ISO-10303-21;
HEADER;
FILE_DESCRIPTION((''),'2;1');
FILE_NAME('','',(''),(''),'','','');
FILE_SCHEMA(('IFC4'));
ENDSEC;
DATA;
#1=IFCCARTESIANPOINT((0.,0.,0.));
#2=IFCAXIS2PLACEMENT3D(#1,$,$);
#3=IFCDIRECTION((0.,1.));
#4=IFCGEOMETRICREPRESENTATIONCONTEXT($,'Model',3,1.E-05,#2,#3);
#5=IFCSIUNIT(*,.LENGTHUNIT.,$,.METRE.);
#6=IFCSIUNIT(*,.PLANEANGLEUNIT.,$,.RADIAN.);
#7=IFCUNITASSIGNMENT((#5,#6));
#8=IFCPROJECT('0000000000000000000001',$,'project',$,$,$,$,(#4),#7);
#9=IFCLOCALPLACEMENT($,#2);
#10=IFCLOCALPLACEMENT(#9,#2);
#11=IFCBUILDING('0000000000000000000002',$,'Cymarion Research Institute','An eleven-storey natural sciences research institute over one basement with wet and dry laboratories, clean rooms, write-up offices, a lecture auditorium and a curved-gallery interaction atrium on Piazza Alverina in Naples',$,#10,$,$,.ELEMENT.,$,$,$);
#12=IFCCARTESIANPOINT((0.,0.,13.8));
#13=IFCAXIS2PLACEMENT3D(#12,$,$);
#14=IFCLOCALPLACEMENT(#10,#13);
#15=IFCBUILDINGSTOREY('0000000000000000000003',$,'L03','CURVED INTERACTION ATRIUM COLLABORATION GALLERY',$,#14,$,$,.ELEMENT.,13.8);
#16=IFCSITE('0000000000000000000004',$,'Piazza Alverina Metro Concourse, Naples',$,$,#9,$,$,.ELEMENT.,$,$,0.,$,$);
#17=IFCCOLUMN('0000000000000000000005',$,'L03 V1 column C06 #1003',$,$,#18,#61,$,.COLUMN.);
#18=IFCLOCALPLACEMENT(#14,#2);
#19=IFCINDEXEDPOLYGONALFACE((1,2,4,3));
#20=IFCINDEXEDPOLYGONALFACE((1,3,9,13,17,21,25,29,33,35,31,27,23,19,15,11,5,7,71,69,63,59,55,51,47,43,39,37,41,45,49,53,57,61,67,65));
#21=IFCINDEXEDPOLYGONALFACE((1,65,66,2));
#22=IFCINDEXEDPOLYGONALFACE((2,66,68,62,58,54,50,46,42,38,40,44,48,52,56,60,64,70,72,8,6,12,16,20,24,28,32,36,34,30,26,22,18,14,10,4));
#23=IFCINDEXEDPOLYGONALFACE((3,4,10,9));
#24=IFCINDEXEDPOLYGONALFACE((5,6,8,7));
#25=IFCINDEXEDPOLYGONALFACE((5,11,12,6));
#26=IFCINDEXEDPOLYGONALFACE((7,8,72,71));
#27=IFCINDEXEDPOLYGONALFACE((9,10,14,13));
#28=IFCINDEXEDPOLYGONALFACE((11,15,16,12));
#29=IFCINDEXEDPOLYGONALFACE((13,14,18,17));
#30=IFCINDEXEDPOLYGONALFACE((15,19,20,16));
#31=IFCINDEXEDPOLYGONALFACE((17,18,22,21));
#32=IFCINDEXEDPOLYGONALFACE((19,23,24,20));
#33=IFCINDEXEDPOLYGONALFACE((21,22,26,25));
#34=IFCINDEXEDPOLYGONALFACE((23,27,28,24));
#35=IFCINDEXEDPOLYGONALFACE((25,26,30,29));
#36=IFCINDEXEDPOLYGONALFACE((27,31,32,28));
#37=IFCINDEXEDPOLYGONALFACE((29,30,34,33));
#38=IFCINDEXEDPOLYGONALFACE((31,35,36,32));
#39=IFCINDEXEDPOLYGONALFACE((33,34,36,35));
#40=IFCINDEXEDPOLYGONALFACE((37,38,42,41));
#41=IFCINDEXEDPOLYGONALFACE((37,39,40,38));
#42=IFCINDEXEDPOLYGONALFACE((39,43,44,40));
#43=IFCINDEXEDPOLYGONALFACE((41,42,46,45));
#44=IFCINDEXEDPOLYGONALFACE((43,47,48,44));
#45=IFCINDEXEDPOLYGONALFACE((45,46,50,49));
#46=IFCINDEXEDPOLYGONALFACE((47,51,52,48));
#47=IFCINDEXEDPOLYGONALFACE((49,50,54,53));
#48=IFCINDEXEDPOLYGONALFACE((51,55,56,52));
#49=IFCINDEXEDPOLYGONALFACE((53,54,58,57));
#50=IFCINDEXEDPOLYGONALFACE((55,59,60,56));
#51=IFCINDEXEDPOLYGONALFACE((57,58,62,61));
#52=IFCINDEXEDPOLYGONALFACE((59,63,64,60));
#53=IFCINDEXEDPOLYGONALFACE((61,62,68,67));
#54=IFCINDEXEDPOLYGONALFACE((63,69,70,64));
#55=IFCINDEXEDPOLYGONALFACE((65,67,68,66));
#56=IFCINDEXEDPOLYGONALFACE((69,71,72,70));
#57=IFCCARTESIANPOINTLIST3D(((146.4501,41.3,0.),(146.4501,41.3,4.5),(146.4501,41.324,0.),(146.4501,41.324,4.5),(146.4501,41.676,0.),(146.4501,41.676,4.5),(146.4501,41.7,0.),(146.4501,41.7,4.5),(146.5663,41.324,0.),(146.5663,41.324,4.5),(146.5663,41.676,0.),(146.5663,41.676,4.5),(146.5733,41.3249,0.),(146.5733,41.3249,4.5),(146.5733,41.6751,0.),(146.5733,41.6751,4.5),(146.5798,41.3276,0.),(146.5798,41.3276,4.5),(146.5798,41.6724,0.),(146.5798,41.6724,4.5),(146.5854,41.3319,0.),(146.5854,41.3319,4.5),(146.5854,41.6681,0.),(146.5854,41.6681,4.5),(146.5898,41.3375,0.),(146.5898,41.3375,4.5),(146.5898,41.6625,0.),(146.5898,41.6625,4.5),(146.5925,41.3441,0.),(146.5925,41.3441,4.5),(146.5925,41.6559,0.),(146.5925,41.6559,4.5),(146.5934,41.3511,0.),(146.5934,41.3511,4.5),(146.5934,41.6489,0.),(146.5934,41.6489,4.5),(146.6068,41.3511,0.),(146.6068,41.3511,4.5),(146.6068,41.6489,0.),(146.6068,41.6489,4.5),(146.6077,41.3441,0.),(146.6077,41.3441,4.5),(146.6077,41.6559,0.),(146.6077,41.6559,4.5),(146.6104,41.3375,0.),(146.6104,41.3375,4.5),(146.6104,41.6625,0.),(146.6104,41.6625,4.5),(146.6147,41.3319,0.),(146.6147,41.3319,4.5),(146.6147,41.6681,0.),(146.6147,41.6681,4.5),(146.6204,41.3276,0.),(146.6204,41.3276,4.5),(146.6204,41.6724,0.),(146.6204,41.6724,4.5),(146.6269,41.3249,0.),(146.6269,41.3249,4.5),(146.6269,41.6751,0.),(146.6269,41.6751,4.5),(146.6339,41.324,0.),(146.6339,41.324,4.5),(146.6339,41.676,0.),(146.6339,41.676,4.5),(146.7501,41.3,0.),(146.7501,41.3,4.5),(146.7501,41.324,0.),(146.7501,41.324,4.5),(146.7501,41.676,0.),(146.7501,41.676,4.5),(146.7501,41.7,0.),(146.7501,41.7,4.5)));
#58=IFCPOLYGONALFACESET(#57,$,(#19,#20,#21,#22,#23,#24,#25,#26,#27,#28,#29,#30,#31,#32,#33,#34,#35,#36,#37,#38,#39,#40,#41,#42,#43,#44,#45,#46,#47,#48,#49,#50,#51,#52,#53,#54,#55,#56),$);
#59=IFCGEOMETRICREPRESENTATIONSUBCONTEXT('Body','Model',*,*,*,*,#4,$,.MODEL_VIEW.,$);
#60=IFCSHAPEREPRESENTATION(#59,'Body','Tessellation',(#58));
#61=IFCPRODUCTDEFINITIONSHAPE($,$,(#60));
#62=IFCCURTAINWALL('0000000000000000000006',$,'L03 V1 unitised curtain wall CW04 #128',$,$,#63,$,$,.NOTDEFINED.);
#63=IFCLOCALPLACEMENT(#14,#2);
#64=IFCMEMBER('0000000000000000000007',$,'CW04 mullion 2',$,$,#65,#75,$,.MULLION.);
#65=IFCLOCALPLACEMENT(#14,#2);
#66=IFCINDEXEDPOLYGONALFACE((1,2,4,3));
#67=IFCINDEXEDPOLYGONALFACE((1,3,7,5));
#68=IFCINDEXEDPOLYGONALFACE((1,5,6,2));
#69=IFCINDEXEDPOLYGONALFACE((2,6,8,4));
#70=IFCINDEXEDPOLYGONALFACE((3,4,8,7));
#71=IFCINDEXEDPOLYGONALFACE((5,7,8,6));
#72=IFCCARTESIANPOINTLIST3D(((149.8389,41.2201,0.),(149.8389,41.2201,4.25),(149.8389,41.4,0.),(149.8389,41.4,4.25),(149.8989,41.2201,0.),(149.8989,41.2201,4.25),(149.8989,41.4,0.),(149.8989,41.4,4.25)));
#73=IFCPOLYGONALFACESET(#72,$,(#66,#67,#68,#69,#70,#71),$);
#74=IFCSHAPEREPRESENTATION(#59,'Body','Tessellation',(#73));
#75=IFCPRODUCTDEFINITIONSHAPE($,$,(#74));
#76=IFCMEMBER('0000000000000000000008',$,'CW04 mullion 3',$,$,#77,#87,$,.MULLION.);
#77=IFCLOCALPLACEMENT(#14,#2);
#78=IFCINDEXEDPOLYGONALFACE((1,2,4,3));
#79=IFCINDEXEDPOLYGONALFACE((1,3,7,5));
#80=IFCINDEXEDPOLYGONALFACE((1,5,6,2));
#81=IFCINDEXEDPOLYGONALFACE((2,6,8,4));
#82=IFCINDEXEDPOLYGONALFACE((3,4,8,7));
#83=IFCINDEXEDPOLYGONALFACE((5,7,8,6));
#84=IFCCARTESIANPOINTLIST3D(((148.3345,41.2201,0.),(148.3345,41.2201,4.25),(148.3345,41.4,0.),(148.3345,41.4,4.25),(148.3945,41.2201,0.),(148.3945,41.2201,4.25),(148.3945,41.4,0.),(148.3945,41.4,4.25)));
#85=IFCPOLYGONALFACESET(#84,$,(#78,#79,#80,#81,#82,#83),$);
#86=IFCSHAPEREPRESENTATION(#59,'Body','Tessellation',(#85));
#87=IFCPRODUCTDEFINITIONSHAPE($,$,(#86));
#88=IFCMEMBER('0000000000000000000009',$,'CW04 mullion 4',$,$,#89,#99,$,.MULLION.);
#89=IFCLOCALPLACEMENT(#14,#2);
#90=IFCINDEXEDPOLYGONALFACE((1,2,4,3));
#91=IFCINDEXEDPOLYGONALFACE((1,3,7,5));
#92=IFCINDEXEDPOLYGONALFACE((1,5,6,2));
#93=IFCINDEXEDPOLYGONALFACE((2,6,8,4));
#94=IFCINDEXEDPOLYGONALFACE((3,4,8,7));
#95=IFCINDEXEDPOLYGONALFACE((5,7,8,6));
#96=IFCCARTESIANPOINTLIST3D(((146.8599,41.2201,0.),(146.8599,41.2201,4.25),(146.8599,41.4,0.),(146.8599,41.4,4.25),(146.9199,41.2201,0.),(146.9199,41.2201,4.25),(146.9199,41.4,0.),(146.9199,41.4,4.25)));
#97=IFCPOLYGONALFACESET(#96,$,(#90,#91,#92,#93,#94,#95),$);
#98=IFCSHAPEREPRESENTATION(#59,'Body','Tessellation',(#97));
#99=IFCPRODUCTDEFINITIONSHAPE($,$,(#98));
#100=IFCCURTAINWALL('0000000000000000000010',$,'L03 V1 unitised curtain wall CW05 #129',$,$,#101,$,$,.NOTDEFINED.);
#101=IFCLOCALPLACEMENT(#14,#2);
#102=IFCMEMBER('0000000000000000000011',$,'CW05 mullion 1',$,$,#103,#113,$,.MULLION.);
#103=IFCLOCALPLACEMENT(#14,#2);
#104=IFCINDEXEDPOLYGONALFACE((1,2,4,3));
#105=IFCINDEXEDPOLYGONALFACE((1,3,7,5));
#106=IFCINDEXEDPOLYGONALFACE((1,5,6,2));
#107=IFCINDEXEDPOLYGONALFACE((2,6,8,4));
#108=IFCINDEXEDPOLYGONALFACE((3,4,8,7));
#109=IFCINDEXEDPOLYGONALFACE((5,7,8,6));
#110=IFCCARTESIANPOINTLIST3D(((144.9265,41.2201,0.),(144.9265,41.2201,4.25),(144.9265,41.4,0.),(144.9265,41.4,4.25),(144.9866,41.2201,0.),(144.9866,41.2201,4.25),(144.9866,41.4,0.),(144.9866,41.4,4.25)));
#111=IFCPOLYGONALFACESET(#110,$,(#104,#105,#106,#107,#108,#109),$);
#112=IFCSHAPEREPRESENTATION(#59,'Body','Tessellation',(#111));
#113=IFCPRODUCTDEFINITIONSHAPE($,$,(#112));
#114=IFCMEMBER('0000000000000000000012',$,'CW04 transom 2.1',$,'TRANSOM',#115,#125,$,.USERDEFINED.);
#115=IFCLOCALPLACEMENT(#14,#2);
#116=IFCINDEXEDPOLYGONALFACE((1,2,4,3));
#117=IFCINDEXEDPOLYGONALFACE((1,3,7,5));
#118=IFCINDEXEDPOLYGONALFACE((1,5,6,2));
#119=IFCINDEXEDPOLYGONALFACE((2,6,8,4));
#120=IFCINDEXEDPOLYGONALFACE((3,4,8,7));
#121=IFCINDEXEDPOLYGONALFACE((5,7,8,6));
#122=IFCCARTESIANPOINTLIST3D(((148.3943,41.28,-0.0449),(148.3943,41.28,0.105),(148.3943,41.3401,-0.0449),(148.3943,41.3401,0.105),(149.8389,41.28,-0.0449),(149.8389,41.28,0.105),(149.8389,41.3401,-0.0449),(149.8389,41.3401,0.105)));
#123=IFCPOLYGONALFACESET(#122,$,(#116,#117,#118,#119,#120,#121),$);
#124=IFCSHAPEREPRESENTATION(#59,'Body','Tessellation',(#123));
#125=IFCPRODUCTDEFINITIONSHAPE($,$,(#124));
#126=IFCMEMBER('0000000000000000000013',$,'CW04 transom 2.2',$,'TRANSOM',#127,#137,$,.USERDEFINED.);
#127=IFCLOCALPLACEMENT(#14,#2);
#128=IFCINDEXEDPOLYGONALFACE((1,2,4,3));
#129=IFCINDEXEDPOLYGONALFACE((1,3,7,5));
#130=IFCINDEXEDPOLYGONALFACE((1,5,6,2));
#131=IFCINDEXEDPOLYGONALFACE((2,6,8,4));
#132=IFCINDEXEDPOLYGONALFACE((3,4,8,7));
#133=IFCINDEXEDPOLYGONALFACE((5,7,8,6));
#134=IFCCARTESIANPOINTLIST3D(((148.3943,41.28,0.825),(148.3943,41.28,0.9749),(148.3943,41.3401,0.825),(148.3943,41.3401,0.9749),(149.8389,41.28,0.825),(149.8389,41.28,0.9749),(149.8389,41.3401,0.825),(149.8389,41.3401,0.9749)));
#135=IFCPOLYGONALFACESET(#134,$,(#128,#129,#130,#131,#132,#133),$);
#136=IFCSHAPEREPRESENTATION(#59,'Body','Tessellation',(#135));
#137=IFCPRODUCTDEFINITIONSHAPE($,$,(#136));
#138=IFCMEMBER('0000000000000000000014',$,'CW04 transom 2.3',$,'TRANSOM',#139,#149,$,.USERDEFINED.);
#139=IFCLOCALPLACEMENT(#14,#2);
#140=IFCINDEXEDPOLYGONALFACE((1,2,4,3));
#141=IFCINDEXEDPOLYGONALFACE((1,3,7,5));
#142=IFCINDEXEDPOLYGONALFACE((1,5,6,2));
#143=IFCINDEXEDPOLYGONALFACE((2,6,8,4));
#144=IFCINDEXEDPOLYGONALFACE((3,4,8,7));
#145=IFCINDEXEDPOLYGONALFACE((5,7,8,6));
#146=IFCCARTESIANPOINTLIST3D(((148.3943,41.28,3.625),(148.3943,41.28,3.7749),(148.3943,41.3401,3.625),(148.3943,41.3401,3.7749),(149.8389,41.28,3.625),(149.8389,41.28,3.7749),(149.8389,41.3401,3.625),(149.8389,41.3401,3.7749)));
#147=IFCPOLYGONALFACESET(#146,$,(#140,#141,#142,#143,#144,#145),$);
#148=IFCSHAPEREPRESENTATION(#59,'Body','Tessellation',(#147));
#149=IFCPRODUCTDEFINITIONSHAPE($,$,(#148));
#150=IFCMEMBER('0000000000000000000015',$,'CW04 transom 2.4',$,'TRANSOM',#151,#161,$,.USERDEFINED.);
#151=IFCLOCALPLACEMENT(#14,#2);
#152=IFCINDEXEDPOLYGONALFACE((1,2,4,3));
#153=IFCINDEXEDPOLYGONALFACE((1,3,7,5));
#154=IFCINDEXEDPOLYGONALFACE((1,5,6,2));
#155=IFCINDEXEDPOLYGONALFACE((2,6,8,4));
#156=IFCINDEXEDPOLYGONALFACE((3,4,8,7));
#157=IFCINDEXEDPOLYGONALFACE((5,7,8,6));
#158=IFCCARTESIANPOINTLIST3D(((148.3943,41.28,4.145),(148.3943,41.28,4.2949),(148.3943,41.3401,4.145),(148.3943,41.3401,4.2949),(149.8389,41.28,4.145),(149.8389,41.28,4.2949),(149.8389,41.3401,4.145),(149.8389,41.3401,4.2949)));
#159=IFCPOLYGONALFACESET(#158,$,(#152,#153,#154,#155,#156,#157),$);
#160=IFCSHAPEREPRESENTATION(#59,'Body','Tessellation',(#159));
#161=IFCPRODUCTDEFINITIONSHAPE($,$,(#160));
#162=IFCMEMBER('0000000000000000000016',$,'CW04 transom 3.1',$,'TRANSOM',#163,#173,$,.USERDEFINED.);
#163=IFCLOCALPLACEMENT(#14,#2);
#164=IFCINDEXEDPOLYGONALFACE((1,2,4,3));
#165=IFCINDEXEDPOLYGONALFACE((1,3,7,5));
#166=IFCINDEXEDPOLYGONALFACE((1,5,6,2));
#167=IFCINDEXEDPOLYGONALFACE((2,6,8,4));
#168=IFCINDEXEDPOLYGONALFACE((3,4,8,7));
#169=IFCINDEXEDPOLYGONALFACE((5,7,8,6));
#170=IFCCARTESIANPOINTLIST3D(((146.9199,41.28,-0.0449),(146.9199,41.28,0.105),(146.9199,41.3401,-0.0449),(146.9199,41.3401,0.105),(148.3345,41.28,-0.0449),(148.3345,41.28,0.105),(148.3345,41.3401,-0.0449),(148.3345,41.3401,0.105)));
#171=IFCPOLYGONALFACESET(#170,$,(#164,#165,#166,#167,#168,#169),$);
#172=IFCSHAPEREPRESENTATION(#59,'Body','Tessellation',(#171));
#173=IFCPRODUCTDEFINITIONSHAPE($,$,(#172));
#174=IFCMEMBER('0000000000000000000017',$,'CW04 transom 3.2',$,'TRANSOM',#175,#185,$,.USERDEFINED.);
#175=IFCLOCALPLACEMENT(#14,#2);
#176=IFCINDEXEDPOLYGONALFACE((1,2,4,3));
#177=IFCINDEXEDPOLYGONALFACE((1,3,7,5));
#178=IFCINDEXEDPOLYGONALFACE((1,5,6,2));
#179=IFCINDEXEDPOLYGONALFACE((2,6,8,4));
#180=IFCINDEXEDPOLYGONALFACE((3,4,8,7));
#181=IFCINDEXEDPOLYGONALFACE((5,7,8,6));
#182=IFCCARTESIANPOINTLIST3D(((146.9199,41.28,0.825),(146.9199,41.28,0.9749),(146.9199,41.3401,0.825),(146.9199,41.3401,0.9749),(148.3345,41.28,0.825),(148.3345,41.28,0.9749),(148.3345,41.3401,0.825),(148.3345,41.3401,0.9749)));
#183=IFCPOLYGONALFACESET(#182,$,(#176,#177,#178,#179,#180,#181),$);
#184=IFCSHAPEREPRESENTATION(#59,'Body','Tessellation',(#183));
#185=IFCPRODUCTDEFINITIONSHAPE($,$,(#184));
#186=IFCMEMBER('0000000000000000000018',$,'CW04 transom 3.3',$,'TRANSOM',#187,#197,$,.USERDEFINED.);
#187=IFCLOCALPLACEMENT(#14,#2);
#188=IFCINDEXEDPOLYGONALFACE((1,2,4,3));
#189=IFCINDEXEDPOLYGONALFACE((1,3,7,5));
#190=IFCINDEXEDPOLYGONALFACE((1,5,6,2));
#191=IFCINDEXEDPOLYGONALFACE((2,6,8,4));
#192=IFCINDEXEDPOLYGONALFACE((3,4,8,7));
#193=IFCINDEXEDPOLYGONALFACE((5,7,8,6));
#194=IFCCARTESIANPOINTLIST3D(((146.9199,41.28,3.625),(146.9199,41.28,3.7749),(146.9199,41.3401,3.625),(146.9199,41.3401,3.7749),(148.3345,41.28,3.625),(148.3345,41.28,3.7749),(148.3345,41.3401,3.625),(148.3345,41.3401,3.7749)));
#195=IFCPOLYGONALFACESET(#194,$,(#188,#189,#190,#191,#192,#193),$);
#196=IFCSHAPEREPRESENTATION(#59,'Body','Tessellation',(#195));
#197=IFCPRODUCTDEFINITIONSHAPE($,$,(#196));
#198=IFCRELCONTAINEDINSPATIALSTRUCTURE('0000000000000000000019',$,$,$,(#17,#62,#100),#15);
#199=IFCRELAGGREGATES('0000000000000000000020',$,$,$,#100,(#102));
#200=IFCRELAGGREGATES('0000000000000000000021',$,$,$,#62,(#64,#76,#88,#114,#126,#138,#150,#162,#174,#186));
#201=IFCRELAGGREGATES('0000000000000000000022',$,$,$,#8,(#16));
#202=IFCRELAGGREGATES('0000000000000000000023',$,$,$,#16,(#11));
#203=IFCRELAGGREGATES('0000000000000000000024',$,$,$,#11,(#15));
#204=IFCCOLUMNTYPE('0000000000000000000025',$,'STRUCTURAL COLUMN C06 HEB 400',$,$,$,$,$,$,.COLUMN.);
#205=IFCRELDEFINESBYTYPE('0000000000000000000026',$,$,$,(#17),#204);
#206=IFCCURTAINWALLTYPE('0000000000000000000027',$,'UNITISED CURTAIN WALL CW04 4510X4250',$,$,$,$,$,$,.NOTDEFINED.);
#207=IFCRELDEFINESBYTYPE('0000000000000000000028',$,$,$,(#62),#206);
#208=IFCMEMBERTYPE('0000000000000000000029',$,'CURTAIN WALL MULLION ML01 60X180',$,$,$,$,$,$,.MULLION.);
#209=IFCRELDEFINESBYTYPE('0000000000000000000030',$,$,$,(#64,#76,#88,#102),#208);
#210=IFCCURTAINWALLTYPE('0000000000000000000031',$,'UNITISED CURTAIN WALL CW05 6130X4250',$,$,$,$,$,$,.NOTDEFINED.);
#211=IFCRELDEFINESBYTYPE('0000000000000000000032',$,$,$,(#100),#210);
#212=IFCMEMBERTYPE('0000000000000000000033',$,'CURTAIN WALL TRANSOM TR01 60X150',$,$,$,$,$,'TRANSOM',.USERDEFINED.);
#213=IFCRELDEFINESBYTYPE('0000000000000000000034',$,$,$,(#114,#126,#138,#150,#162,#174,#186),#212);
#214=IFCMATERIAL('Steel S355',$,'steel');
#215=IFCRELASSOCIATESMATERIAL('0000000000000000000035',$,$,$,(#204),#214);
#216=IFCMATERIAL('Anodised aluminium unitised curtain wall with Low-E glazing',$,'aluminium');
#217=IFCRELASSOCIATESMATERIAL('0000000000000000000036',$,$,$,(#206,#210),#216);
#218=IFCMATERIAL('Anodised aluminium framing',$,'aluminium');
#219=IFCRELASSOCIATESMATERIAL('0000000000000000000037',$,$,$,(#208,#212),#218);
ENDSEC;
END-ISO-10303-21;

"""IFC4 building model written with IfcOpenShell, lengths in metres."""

from ifc_helpers import new_model, si_unit, direction, frame, origin, origin_2d, place, context, subcontext, project, spatial, rectangle, i_section, extrude, material, material_profile, profile_set, type_object, element, aggregate, save


model = new_model("IFC4")

# Units and contexts
model_context = context("Model", 3, precision=1e-05, world=origin(), true_north=direction((0.0, 1.0)))
body_context = subcontext(model_context, "Body", "Model", "MODEL_VIEW")
ifc_project = project(units=[si_unit("LENGTHUNIT", "METRE"), si_unit("PLANEANGLEUNIT", "RADIAN")], contexts=[model_context])

# Site, building, storey
site_placement = place(None, origin())
site = spatial("IfcSite", under=ifc_project, at=site_placement, Name="Piazza Alverina Metro Concourse, Naples", CompositionType="ELEMENT", RefElevation=0.0)
building_placement = place(site_placement, origin())
building = spatial("IfcBuilding", under=site, at=building_placement, Name="Cymarion Research Institute", Description="An eleven-storey natural sciences research institute over one basement with wet and dry laboratories, clean rooms, write-up offices, a lecture auditorium and a curved-gallery interaction atrium on Piazza Alverina in Naples", CompositionType="ELEMENT")
storey_placement = place(building_placement, frame((0.0, 0.0, 13.8)))
storey = spatial("IfcBuildingStorey", under=building, at=storey_placement, Name="L03", Description="CURVED INTERACTION ATRIUM COLLABORATION GALLERY", CompositionType="ELEMENT", Elevation=13.8)

# Column
ifc_material_1 = material(Name="Steel S355", Category="steel")
ifc_material_profile_1 = material_profile(ifc_material_1, i_section(OverallWidth=0.3, OverallDepth=0.3999, WebThickness=0.0134, FlangeThickness=0.0239, FilletRadius=0.0271, at=origin_2d()), Name="HEB 400")
ifc_profile_set_1 = profile_set([ifc_material_profile_1], Name="Steel S355")
column_type = type_object("IfcColumnType", Name="STRUCTURAL COLUMN C06 HEB 400", PredefinedType="COLUMN", material=ifc_profile_set_1)
column_placement = place(storey_placement, frame((146.6001, 41.5, 0.0), z_axis=(0.0, 0.0, 1.0), x_axis=(1.0, 0.0, 0.0)))
element("IfcColumn", 1, at=column_placement, inside=storey, type_object=column_type, Name="L03 V1 column C06 #1003", PredefinedType="COLUMN", context=body_context, shape_type="SweptSolid", body=[
    extrude(i_section(OverallWidth=0.3, OverallDepth=0.3999, WebThickness=0.0134, FlangeThickness=0.0239, FilletRadius=0.0271, at=origin_2d()), origin(), (0.0, 0.0, 1.0), 4.5),
])

# Curtain wall, members
ifc_material_2 = material(Name="Anodised aluminium unitised curtain wall with Low-E glazing", Category="aluminium")
curtain_wall_type_1 = type_object("IfcCurtainWallType", Name="UNITISED CURTAIN WALL CW04 4510X4250", PredefinedType="NOTDEFINED", material=ifc_material_2)
curtain_wall_1_placement = place(storey_placement, origin())
curtain_wall_1 = element("IfcCurtainWall", 2, at=curtain_wall_1_placement, inside=storey, type_object=curtain_wall_type_1, Name="L03 V1 unitised curtain wall CW04 #128", PredefinedType="NOTDEFINED")
ifc_material_3 = material(Name="Anodised aluminium framing", Category="aluminium")
ifc_material_profile_2 = material_profile(ifc_material_3, rectangle(XDim=0.0601, YDim=0.1799, at=origin_2d()), Name="ALU MULLION 60x180")
ifc_profile_set_2 = profile_set([ifc_material_profile_2], Name="Anodised aluminium framing")
member_type_1 = type_object("IfcMemberType", Name="CURTAIN WALL MULLION ML01 60X180", PredefinedType="MULLION", material=ifc_profile_set_2)
member_1_placement = place(storey_placement, frame((149.8689, 41.3101, 0.0), z_axis=(0.0, 0.0, 1.0), x_axis=(-1.0, 0.0, 0.0)))
member_1 = element("IfcMember", 3, at=member_1_placement, type_object=member_type_1, Name="CW04 mullion 2", PredefinedType="MULLION", context=body_context, shape_type="SweptSolid", body=[
    extrude(rectangle(XDim=0.0601, YDim=0.1799, at=origin_2d()), origin(), (0.0, 0.0, 1.0), 4.25),
])
member_2_placement = place(storey_placement, frame((148.3645, 41.3101, 0.0), z_axis=(0.0, 0.0, 1.0), x_axis=(-1.0, 0.0, 0.0)))
member_2 = element("IfcMember", 4, at=member_2_placement, type_object=member_type_1, Name="CW04 mullion 3", PredefinedType="MULLION", context=body_context, shape_type="SweptSolid", body=[
    extrude(rectangle(XDim=0.0601, YDim=0.1799, at=origin_2d()), origin(), (0.0, 0.0, 1.0), 4.25),
])
member_3_placement = place(storey_placement, frame((146.8899, 41.3101, 0.0), z_axis=(0.0, 0.0, 1.0), x_axis=(-1.0, 0.0, 0.0)))
member_3 = element("IfcMember", 5, at=member_3_placement, type_object=member_type_1, Name="CW04 mullion 4", PredefinedType="MULLION", context=body_context, shape_type="SweptSolid", body=[
    extrude(rectangle(XDim=0.0601, YDim=0.1799, at=origin_2d()), origin(), (0.0, 0.0, 1.0), 4.25),
])

# Curtain wall, member
curtain_wall_type_2 = type_object("IfcCurtainWallType", Name="UNITISED CURTAIN WALL CW05 6130X4250", PredefinedType="NOTDEFINED", material=ifc_material_2)
curtain_wall_2_placement = place(storey_placement, origin())
curtain_wall_2 = element("IfcCurtainWall", 6, at=curtain_wall_2_placement, inside=storey, type_object=curtain_wall_type_2, Name="L03 V1 unitised curtain wall CW05 #129", PredefinedType="NOTDEFINED")
member_4_placement = place(storey_placement, frame((144.9565, 41.3101, 0.0), z_axis=(0.0, 0.0, 1.0), x_axis=(-1.0, 0.0, 0.0)))
member_4 = element("IfcMember", 7, at=member_4_placement, type_object=member_type_1, Name="CW05 mullion 1", PredefinedType="MULLION", context=body_context, shape_type="SweptSolid", body=[
    extrude(rectangle(XDim=0.0601, YDim=0.1799, at=origin_2d()), origin(), (0.0, 0.0, 1.0), 4.25),
])

# Members
ifc_material_profile_3 = material_profile(ifc_material_3, rectangle(XDim=0.0601, YDim=0.1499, at=origin_2d()), Name="ALU TRANSOM 60x150")
ifc_profile_set_3 = profile_set([ifc_material_profile_3], Name="Anodised aluminium framing")
member_type_2 = type_object("IfcMemberType", Name="CURTAIN WALL TRANSOM TR01 60X150", ElementType="TRANSOM", PredefinedType="USERDEFINED", material=ifc_profile_set_3)
member_5_placement = place(storey_placement, frame((149.8389, 41.3101, 0.03), z_axis=(-1.0, 0.0, 0.0), x_axis=(0.0, -1.0, 0.0)))
member_5 = element("IfcMember", 8, at=member_5_placement, type_object=member_type_2, Name="CW04 transom 2.1", ObjectType="TRANSOM", PredefinedType="USERDEFINED", context=body_context, shape_type="SweptSolid", body=[
    extrude(rectangle(XDim=0.0601, YDim=0.1499, at=origin_2d()), origin(), (0.0, 0.0, 1.0), 1.4446),
])
member_6_placement = place(storey_placement, frame((149.8389, 41.3101, 0.8999), z_axis=(-1.0, 0.0, 0.0), x_axis=(0.0, -1.0, 0.0)))
member_6 = element("IfcMember", 9, at=member_6_placement, type_object=member_type_2, Name="CW04 transom 2.2", ObjectType="TRANSOM", PredefinedType="USERDEFINED", context=body_context, shape_type="SweptSolid", body=[
    extrude(rectangle(XDim=0.0601, YDim=0.1499, at=origin_2d()), origin(), (0.0, 0.0, 1.0), 1.4446),
])
member_7_placement = place(storey_placement, frame((149.8389, 41.3101, 3.7), z_axis=(-1.0, 0.0, 0.0), x_axis=(0.0, -1.0, 0.0)))
member_7 = element("IfcMember", 10, at=member_7_placement, type_object=member_type_2, Name="CW04 transom 2.3", ObjectType="TRANSOM", PredefinedType="USERDEFINED", context=body_context, shape_type="SweptSolid", body=[
    extrude(rectangle(XDim=0.0601, YDim=0.1499, at=origin_2d()), origin(), (0.0, 0.0, 1.0), 1.4446),
])
member_8_placement = place(storey_placement, frame((149.8389, 41.3101, 4.22), z_axis=(-1.0, 0.0, 0.0), x_axis=(0.0, -1.0, 0.0)))
member_8 = element("IfcMember", 11, at=member_8_placement, type_object=member_type_2, Name="CW04 transom 2.4", ObjectType="TRANSOM", PredefinedType="USERDEFINED", context=body_context, shape_type="SweptSolid", body=[
    extrude(rectangle(XDim=0.0601, YDim=0.1499, at=origin_2d()), origin(), (0.0, 0.0, 1.0), 1.4446),
])
member_9_placement = place(storey_placement, frame((148.3345, 41.3101, 0.03), z_axis=(-1.0, 0.0, 0.0), x_axis=(0.0, -1.0, 0.0)))
member_9 = element("IfcMember", 12, at=member_9_placement, type_object=member_type_2, Name="CW04 transom 3.1", ObjectType="TRANSOM", PredefinedType="USERDEFINED", context=body_context, shape_type="SweptSolid", body=[
    extrude(rectangle(XDim=0.0601, YDim=0.1499, at=origin_2d()), origin(), (0.0, 0.0, 1.0), 1.4146),
])
member_10_placement = place(storey_placement, frame((148.3345, 41.3101, 0.8999), z_axis=(-1.0, 0.0, 0.0), x_axis=(0.0, -1.0, 0.0)))
member_10 = element("IfcMember", 13, at=member_10_placement, type_object=member_type_2, Name="CW04 transom 3.2", ObjectType="TRANSOM", PredefinedType="USERDEFINED", context=body_context, shape_type="SweptSolid", body=[
    extrude(rectangle(XDim=0.0601, YDim=0.1499, at=origin_2d()), origin(), (0.0, 0.0, 1.0), 1.4146),
])
member_11_placement = place(storey_placement, frame((148.3345, 41.3101, 3.7), z_axis=(-1.0, 0.0, 0.0), x_axis=(0.0, -1.0, 0.0)))
member_11 = element("IfcMember", 14, at=member_11_placement, type_object=member_type_2, Name="CW04 transom 3.3", ObjectType="TRANSOM", PredefinedType="USERDEFINED", context=body_context, shape_type="SweptSolid", body=[
    extrude(rectangle(XDim=0.0601, YDim=0.1499, at=origin_2d()), origin(), (0.0, 0.0, 1.0), 1.4146),
])
aggregate(curtain_wall_2, [member_4])

aggregate(curtain_wall_1, [member_1, member_2, member_3, member_5, member_6, member_7, member_8, member_9, member_10, member_11])

save(model, "model.ifc")
